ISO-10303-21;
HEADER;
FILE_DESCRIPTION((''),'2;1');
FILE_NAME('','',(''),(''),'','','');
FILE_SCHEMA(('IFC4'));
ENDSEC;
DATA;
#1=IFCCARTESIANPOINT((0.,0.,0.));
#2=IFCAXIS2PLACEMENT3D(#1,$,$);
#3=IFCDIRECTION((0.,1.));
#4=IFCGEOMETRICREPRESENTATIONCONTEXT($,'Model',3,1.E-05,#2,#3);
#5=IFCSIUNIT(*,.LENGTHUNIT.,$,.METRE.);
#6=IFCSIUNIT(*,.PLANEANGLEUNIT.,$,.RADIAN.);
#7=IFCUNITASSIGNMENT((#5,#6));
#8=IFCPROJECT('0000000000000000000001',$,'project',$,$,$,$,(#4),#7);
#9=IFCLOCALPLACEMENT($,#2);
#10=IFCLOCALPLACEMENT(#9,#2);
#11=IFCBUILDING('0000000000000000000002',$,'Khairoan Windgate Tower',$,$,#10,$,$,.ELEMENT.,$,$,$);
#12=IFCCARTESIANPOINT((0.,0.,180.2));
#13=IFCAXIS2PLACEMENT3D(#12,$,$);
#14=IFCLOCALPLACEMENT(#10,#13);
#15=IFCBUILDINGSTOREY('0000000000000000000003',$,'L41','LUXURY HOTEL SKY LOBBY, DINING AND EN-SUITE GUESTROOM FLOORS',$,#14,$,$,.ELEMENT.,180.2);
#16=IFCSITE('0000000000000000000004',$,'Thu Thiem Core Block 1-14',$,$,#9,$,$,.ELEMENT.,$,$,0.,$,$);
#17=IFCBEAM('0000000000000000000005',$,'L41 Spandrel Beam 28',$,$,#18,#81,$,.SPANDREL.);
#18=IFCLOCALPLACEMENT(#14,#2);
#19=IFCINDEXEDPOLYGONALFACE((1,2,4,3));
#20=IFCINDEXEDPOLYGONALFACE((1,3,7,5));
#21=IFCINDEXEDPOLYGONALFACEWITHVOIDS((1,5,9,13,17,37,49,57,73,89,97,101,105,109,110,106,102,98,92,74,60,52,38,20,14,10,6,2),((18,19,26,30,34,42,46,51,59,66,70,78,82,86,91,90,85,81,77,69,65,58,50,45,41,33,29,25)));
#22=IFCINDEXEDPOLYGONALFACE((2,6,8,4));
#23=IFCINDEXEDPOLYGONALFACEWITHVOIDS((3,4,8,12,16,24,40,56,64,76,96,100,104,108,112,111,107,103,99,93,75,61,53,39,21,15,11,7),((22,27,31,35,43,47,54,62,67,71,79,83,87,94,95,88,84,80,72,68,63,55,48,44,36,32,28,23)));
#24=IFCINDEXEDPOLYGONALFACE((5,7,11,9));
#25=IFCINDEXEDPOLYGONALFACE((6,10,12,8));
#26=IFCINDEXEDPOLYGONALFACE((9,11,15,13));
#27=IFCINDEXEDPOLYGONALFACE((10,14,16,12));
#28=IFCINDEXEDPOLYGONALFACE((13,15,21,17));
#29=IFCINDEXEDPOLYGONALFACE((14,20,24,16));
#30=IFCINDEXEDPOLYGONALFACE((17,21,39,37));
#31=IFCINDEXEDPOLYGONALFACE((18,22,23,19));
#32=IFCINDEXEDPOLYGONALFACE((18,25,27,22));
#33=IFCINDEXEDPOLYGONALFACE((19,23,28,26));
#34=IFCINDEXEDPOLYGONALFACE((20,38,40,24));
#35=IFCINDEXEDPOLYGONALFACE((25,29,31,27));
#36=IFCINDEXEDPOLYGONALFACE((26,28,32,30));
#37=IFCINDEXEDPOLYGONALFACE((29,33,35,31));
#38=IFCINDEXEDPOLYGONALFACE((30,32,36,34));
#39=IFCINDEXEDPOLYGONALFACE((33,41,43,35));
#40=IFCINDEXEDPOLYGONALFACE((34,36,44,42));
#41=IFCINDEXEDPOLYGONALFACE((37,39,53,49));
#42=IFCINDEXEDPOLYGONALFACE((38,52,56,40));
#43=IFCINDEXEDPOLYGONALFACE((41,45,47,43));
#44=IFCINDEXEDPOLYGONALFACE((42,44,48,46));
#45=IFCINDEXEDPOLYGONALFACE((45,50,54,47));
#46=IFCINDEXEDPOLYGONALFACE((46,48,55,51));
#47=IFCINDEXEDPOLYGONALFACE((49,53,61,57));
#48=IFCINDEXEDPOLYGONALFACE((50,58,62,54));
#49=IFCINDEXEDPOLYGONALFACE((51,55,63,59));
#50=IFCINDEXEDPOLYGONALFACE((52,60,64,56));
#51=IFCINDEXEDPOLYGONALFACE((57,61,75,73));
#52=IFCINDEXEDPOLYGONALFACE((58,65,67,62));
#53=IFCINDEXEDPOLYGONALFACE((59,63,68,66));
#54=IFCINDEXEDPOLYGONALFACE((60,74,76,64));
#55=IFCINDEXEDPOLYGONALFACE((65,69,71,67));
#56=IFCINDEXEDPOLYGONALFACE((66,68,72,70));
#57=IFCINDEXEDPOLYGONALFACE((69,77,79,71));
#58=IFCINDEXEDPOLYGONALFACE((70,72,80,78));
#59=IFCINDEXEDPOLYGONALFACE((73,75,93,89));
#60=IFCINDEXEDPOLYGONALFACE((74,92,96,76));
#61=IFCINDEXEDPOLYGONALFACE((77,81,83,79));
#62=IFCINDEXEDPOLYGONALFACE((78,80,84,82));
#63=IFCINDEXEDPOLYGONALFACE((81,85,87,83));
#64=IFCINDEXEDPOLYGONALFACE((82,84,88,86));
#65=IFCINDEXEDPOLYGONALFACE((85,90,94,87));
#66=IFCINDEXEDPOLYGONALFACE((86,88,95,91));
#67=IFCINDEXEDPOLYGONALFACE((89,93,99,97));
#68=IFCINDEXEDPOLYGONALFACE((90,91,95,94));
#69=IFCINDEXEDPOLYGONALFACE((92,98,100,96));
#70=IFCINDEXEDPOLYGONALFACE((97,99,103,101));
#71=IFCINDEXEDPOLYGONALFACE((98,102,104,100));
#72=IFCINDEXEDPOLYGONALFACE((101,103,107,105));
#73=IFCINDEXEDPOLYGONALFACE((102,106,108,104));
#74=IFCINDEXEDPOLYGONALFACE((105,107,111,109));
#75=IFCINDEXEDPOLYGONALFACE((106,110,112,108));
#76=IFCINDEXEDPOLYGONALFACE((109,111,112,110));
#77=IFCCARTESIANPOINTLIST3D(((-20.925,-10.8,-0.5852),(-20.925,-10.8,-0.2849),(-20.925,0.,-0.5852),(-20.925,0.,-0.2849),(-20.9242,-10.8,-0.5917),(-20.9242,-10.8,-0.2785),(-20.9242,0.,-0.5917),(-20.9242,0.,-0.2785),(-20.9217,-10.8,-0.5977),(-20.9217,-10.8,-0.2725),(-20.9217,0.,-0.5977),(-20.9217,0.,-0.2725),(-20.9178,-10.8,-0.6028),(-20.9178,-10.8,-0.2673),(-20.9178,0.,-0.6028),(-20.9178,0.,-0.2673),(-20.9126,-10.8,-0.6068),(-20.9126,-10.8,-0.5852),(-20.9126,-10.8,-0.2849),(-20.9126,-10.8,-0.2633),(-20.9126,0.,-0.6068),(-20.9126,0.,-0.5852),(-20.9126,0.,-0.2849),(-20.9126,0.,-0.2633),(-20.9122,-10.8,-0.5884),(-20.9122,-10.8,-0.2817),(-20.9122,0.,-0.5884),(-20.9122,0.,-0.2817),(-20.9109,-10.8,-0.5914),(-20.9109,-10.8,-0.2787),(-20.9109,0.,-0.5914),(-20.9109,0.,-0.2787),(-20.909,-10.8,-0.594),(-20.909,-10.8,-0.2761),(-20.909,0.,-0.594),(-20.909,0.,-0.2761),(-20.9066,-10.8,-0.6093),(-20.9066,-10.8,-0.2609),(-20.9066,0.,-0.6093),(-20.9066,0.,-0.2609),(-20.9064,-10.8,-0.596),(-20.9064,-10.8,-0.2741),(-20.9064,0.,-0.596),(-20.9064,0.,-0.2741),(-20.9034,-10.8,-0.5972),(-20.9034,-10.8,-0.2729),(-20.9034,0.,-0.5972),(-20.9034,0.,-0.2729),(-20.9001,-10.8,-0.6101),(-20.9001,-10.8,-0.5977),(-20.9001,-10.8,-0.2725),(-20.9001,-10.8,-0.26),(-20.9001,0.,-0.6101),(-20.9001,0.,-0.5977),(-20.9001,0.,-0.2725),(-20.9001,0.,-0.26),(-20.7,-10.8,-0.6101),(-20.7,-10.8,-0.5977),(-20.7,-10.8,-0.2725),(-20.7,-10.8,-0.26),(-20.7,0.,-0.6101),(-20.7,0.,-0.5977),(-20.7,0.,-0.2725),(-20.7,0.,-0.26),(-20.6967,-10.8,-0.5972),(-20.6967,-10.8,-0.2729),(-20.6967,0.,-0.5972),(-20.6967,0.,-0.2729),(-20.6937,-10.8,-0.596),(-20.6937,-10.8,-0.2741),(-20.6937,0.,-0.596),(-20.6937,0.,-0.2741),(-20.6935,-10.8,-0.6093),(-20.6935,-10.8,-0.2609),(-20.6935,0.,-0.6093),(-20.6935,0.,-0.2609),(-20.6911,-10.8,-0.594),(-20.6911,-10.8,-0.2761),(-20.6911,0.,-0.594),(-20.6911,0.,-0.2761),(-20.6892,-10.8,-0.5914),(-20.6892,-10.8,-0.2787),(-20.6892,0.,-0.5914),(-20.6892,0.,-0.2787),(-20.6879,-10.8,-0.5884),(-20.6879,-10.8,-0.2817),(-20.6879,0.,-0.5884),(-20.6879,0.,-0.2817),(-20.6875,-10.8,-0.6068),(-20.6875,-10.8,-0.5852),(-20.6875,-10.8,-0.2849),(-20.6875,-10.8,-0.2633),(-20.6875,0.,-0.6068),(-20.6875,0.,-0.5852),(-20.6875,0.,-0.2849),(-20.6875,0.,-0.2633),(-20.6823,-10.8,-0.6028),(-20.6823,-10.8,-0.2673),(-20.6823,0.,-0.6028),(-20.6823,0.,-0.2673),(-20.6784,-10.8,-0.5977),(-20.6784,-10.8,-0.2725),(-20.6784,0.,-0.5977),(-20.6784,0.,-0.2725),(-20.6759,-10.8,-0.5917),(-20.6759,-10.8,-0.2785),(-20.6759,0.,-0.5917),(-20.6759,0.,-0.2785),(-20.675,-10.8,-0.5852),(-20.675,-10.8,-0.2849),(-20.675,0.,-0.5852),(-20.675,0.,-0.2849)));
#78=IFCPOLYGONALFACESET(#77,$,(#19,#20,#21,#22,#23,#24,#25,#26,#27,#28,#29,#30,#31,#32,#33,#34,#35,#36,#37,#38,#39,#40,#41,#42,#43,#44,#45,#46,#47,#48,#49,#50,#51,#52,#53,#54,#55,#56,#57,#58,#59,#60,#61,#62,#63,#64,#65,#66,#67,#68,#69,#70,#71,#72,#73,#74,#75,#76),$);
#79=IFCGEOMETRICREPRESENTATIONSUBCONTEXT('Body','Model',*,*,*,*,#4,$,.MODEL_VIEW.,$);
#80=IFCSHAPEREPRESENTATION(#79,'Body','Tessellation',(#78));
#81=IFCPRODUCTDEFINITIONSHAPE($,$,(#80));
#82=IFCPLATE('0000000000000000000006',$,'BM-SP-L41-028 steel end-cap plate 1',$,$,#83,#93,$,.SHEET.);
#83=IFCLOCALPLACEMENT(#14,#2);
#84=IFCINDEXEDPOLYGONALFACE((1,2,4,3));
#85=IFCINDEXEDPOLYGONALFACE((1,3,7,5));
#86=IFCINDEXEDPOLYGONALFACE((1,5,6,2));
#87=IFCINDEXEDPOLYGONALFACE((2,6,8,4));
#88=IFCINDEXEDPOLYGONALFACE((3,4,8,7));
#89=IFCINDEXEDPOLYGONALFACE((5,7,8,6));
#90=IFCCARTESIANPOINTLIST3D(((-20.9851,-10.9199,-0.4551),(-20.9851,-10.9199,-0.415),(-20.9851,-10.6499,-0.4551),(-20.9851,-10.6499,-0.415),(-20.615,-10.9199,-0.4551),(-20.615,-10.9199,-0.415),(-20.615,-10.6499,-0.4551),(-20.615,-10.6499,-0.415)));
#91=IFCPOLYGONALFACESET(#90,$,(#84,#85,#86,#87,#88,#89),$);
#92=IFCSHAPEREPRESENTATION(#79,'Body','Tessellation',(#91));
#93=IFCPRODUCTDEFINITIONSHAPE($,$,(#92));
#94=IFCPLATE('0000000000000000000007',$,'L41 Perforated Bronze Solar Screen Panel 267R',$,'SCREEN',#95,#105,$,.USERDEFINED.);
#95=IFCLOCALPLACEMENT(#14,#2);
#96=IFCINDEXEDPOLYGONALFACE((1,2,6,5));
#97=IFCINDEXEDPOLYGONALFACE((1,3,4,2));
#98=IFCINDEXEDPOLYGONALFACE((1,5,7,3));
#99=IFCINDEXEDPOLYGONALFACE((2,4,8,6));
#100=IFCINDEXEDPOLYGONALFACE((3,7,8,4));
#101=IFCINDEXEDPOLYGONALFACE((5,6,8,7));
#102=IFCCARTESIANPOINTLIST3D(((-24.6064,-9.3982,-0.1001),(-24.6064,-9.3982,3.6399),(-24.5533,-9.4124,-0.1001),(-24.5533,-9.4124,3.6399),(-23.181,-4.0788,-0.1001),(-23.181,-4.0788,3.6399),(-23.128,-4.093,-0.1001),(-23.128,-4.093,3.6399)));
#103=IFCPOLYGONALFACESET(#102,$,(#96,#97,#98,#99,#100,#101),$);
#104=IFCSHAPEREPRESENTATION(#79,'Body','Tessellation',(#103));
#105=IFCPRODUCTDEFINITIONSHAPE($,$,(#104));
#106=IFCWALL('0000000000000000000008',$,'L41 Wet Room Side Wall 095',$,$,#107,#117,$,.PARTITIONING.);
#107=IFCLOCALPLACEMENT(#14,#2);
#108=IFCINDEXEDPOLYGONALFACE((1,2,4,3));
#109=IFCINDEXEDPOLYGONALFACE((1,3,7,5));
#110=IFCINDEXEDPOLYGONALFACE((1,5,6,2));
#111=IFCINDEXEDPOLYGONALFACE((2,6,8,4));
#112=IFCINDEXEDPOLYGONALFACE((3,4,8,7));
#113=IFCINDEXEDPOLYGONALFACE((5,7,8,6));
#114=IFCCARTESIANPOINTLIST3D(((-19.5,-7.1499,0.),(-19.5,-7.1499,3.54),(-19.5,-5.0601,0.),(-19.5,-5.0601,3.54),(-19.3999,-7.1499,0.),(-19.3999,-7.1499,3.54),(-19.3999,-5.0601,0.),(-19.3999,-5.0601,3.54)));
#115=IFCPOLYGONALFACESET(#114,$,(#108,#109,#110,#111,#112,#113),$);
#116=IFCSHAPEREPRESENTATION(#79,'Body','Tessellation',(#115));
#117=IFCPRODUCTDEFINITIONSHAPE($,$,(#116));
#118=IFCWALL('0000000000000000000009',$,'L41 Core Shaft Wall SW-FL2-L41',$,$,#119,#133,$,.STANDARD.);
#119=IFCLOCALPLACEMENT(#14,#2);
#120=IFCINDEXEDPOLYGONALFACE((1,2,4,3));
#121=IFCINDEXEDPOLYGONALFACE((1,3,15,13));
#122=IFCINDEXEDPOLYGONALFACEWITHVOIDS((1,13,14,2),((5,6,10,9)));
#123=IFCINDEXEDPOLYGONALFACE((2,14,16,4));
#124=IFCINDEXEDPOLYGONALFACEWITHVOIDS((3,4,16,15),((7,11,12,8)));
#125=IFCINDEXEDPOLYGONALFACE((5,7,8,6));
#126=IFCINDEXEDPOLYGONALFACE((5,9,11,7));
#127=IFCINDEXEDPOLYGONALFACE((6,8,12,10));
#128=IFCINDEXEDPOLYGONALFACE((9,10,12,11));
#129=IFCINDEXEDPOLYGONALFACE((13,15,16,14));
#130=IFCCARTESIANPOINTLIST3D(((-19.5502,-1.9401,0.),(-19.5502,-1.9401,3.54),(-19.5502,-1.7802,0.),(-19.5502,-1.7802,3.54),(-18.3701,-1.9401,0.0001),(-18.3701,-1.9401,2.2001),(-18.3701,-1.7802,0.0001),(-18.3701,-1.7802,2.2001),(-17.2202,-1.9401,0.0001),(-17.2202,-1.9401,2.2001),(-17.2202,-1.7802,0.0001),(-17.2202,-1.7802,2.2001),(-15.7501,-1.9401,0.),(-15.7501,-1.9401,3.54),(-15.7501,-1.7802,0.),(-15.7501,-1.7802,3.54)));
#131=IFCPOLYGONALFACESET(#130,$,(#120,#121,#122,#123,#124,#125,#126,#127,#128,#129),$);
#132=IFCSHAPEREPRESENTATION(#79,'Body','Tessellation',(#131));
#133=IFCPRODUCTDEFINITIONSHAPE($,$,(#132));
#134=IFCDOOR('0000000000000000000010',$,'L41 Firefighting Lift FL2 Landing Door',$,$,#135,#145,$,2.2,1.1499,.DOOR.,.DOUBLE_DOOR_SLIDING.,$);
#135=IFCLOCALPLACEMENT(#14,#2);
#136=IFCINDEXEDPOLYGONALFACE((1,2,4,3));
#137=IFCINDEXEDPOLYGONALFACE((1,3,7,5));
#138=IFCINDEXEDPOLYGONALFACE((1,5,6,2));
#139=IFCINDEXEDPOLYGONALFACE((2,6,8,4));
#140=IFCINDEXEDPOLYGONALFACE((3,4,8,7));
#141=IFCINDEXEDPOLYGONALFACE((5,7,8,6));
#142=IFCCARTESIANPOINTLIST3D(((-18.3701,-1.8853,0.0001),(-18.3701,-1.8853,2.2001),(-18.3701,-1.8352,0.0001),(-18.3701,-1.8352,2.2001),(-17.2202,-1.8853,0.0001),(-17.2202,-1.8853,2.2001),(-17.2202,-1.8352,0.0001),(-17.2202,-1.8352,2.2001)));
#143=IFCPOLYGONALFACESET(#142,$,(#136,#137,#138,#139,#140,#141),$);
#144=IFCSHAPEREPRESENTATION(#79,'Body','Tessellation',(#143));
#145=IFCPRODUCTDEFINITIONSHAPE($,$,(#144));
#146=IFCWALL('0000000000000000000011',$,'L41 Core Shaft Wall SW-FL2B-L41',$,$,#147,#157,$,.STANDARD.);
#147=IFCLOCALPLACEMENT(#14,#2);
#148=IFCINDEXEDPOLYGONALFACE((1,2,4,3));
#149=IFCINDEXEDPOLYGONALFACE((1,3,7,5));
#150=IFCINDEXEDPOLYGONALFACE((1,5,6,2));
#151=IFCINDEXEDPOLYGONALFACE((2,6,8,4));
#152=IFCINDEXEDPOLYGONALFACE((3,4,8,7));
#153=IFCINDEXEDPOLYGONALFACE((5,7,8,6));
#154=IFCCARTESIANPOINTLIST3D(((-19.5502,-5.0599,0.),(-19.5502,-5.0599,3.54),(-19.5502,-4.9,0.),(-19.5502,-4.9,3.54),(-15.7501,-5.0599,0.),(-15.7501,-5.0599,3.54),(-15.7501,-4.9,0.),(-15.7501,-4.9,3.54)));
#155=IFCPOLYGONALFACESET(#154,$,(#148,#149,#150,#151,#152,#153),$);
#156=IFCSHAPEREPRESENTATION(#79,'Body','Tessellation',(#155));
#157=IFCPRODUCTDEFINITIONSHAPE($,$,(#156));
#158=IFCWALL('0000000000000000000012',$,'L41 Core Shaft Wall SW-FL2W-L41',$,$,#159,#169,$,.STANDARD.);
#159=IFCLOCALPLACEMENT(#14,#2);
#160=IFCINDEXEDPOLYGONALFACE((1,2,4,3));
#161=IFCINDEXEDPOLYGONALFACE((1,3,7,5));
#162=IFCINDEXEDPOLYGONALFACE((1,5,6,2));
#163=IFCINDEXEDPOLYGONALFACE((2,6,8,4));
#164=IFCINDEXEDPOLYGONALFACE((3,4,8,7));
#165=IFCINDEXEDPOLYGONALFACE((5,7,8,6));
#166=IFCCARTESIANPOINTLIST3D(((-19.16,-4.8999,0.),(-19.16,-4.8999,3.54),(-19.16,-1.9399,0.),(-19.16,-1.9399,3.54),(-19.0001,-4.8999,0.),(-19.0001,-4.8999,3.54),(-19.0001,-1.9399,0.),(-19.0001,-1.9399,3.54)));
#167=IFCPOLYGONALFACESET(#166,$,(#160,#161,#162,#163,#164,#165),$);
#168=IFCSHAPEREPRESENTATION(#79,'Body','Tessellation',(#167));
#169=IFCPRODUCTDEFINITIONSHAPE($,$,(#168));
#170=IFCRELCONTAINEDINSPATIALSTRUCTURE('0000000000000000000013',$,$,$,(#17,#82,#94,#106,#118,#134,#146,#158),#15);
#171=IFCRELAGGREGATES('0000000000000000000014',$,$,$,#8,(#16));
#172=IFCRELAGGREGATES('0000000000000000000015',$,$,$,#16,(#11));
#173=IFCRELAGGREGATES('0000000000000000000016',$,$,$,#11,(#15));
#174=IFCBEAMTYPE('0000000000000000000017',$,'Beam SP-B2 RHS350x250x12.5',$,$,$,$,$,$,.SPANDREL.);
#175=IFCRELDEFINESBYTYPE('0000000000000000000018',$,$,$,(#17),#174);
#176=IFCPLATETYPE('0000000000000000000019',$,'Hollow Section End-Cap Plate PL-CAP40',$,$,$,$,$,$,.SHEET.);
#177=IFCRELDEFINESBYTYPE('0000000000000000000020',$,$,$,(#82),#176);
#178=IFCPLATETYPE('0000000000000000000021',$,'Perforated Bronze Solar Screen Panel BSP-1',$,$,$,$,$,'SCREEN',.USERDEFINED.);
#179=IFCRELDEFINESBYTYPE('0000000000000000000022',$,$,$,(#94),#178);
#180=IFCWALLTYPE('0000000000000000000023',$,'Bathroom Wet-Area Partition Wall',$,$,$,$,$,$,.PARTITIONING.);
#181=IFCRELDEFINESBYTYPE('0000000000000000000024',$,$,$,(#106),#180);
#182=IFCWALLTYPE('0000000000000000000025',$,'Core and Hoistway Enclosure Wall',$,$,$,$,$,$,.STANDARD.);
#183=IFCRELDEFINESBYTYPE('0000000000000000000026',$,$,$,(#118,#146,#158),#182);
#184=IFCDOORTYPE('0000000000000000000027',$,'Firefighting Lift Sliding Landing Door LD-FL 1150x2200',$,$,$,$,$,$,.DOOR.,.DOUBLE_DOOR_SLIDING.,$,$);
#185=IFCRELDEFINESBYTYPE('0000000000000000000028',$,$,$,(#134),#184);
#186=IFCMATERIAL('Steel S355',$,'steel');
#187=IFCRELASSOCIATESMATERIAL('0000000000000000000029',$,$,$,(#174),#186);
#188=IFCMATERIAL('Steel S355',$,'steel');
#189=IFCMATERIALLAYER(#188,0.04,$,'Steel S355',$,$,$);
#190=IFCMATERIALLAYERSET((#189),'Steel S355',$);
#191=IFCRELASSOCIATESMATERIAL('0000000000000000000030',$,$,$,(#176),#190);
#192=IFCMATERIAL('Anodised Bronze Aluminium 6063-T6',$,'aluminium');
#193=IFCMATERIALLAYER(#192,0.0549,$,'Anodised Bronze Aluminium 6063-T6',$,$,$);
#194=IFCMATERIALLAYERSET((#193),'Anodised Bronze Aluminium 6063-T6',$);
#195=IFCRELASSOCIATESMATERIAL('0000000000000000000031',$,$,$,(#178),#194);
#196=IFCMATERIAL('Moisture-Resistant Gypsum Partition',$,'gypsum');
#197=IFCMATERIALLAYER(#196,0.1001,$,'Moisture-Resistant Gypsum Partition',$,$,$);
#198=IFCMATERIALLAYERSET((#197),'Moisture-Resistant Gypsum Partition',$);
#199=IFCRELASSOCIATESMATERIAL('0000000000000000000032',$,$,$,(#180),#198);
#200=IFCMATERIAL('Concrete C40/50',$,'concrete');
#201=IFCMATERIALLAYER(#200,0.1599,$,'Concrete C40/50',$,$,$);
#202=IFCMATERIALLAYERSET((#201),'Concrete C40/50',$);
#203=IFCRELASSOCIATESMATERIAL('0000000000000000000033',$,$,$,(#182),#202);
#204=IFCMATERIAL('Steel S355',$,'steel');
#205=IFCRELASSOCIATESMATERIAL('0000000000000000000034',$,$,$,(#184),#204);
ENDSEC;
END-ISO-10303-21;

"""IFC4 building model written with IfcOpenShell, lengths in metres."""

from ifc_helpers import new_model, si_unit, direction, frame, frame_2d, origin, origin_2d, place, context, subcontext, project, spatial, rectangle, hollow_rectangle, extrude, material, layer, layer_set, material_profile, profile_set, type_object, element, fill, save


model = new_model("IFC4")

# Units and contexts
model_context = context("Model", 3, precision=1e-05, world=origin(), true_north=direction((0.0, 1.0)))
body_context = subcontext(model_context, "Body", "Model", "MODEL_VIEW")
ifc_project = project(units=[si_unit("LENGTHUNIT", "METRE"), si_unit("PLANEANGLEUNIT", "RADIAN")], contexts=[model_context])

# Site, building, storey
site_placement = place(None, origin())
site = spatial("IfcSite", under=ifc_project, at=site_placement, Name="Thu Thiem Core Block 1-14", CompositionType="ELEMENT", RefElevation=0.0)
building_placement = place(site_placement, origin())
building = spatial("IfcBuilding", under=site, at=building_placement, Name="Khairoan Windgate Tower", CompositionType="ELEMENT")
storey_placement = place(building_placement, frame((0.0, 0.0, 180.2)))
storey = spatial("IfcBuildingStorey", under=building, at=storey_placement, Name="L41", Description="LUXURY HOTEL SKY LOBBY, DINING AND EN-SUITE GUESTROOM FLOORS", CompositionType="ELEMENT", Elevation=180.2)

# Beam
ifc_material_1 = material(Name="Steel S355", Category="steel")
ifc_material_profile_1 = material_profile(ifc_material_1, hollow_rectangle(XDim=0.25, YDim=0.3501, WallThickness=0.0125, InnerFilletRadius=0.0125, OuterFilletRadius=0.0249, at=origin_2d()))
ifc_profile_set_1 = profile_set([ifc_material_profile_1], Name="Steel S355")
beam_type_1 = type_object("IfcBeamType", Name="Beam SP-B2 RHS350x250x12.5", PredefinedType="SPANDREL", material=ifc_profile_set_1)
beam_1_placement = place(storey_placement, frame((-20.8, -10.8, -0.4351), z_axis=(0.0, 1.0, 0.0), x_axis=(-1.0, 0.0, 0.0)))
element("IfcBeam", 1, at=beam_1_placement, inside=storey, type_object=beam_type_1, Name="L41 Spandrel Beam 28", PredefinedType="SPANDREL", context=body_context, shape_type="SweptSolid", body=[
    extrude(hollow_rectangle(XDim=0.25, YDim=0.3501, WallThickness=0.0125, InnerFilletRadius=0.0125, OuterFilletRadius=0.0249, at=origin_2d()), origin(), (0.0, 0.0, 1.0), 10.8),
])

# Plates
ifc_material_2 = material(Name="Steel S355", Category="steel")
ifc_layer_1 = layer(ifc_material_2, 0.04, Name="Steel S355")
ifc_layer_set_1 = layer_set([ifc_layer_1], Name="Steel S355")
plate_type_1 = type_object("IfcPlateType", Name="Hollow Section End-Cap Plate PL-CAP40", PredefinedType="SHEET", material=ifc_layer_set_1)
plate_1_placement = place(storey_placement, frame((-20.8, -10.7849, -0.4551), z_axis=(0.0, 0.0, 1.0), x_axis=(0.0, 1.0, 0.0)))
element("IfcPlate", 2, at=plate_1_placement, inside=storey, type_object=plate_type_1, Name="BM-SP-L41-028 steel end-cap plate 1", PredefinedType="SHEET", context=body_context, shape_type="SweptSolid", body=[
    extrude(rectangle(XDim=0.27, YDim=0.3701, at=origin_2d()), origin(), (0.0, 0.0, 1.0), 0.04),
])
ifc_material_3 = material(Name="Anodised Bronze Aluminium 6063-T6", Category="aluminium")
ifc_layer_2 = layer(ifc_material_3, 0.0549, Name="Anodised Bronze Aluminium 6063-T6")
ifc_layer_set_2 = layer_set([ifc_layer_2], Name="Anodised Bronze Aluminium 6063-T6")
plate_type_2 = type_object("IfcPlateType", Name="Perforated Bronze Solar Screen Panel BSP-1", ElementType="SCREEN", PredefinedType="USERDEFINED", material=ifc_layer_set_2)
plate_2_placement = place(storey_placement, frame((-23.8672, -6.7456, -0.1001), z_axis=(0.0, 0.0, 1.0), x_axis=(0.258819, 0.965926, 0.0)))
element("IfcPlate", 3, at=plate_2_placement, inside=storey, type_object=plate_type_2, Name="L41 Perforated Bronze Solar Screen Panel 267R", ObjectType="SCREEN", PredefinedType="USERDEFINED", context=body_context, shape_type="SweptSolid", body=[
    extrude(rectangle(XDim=5.5071, YDim=0.0549, at=origin_2d()), origin(), (0.0, 0.0, 1.0), 3.74),
])

# Wall
ifc_material_4 = material(Name="Moisture-Resistant Gypsum Partition", Category="gypsum")
ifc_layer_3 = layer(ifc_material_4, 0.1001, Name="Moisture-Resistant Gypsum Partition")
ifc_layer_set_3 = layer_set([ifc_layer_3], Name="Moisture-Resistant Gypsum Partition")
wall_type_1 = type_object("IfcWallType", Name="Bathroom Wet-Area Partition Wall", PredefinedType="PARTITIONING", material=ifc_layer_set_3)
wall_1_placement = place(storey_placement, frame((-19.45, -7.1499, 0.0), z_axis=(0.0, 0.0, 1.0), x_axis=(0.0, 1.0, 0.0)))
element("IfcWall", 4, at=wall_1_placement, inside=storey, type_object=wall_type_1, Name="L41 Wet Room Side Wall 095", PredefinedType="PARTITIONING", context=body_context, shape_type="SweptSolid", body=[
    extrude(rectangle(XDim=2.0898, YDim=0.1001, at=frame_2d((1.0449, 0.0))), origin(), (0.0, 0.0, 1.0), 3.54),
])

# Wall, opening, door
ifc_material_5 = material(Name="Concrete C40/50", Category="concrete")
ifc_layer_4 = layer(ifc_material_5, 0.1599, Name="Concrete C40/50")
ifc_layer_set_4 = layer_set([ifc_layer_4], Name="Concrete C40/50")
wall_type_2 = type_object("IfcWallType", Name="Core and Hoistway Enclosure Wall", PredefinedType="STANDARD", material=ifc_layer_set_4)
wall_2_placement = place(storey_placement, frame((-19.55, -1.8601, 0.0), z_axis=(0.0, 0.0, 1.0), x_axis=(1.0, 0.0, 0.0)))
wall_2 = element("IfcWall", 5, at=wall_2_placement, inside=storey, type_object=wall_type_2, Name="L41 Core Shaft Wall SW-FL2-L41", PredefinedType="STANDARD", context=body_context, shape_type="SweptSolid", body=[
    extrude(rectangle(XDim=3.8, YDim=0.1599, at=frame_2d((1.8999, 0.0))), origin(), (0.0, 0.0, 1.0), 3.54),
])
opening_1_placement = place(wall_2_placement, frame((1.1799, 0.0, 0.0)))
opening_1 = element("IfcOpeningElement", 6, at=opening_1_placement, cuts=wall_2, PredefinedType="OPENING", context=body_context, shape_type="SweptSolid", body=[
    extrude(rectangle(XDim=1.1499, YDim=2.2, at=frame_2d((0.575, 1.1001))), frame((0.0, 0.0898, 0.0), z_axis=(0.0, -1.0, 0.0), x_axis=(1.0, 0.0, 0.0)), (0.0, 0.0, 1.0), 0.1799),
])
ifc_material_6 = material(Name="Steel S355", Category="steel")
door_type_1 = type_object("IfcDoorType", Name="Firefighting Lift Sliding Landing Door LD-FL 1150x2200", OperationType="DOUBLE_DOOR_SLIDING", PredefinedType="DOOR", material=ifc_material_6)
door_1_placement = place(opening_1_placement, origin())
door_1 = element("IfcDoor", 7, at=door_1_placement, inside=storey, type_object=door_type_1, Name="L41 Firefighting Lift FL2 Landing Door", OperationType="DOUBLE_DOOR_SLIDING", OverallHeight=2.2, OverallWidth=1.1499, PredefinedType="DOOR", context=body_context, shape_type="SweptSolid", body=[
    extrude(rectangle(XDim=1.1499, YDim=2.2, at=frame_2d((0.575, 1.1001))), frame((0.0, 0.0249, 0.0), z_axis=(0.0, -1.0, 0.0), x_axis=(1.0, 0.0, 0.0)), (0.0, 0.0, 1.0), 0.05),
])
fill(opening_1, door_1)

# Walls
wall_3_placement = place(storey_placement, frame((-19.55, -4.98, 0.0), z_axis=(0.0, 0.0, 1.0), x_axis=(1.0, 0.0, 0.0)))
element("IfcWall", 8, at=wall_3_placement, inside=storey, type_object=wall_type_2, Name="L41 Core Shaft Wall SW-FL2B-L41", PredefinedType="STANDARD", context=body_context, shape_type="SweptSolid", body=[
    extrude(rectangle(XDim=3.8, YDim=0.1599, at=frame_2d((1.8999, 0.0))), origin(), (0.0, 0.0, 1.0), 3.54),
])
wall_4_placement = place(storey_placement, frame((-19.0801, -4.8999, 0.0), z_axis=(0.0, 0.0, 1.0), x_axis=(0.0, 1.0, 0.0)))
element("IfcWall", 9, at=wall_4_placement, inside=storey, type_object=wall_type_2, Name="L41 Core Shaft Wall SW-FL2W-L41", PredefinedType="STANDARD", context=body_context, shape_type="SweptSolid", body=[
    extrude(rectangle(XDim=2.96, YDim=0.1599, at=frame_2d((1.48, 0.0))), origin(), (0.0, 0.0, 1.0), 3.54),
])

save(model, "model.ifc")
